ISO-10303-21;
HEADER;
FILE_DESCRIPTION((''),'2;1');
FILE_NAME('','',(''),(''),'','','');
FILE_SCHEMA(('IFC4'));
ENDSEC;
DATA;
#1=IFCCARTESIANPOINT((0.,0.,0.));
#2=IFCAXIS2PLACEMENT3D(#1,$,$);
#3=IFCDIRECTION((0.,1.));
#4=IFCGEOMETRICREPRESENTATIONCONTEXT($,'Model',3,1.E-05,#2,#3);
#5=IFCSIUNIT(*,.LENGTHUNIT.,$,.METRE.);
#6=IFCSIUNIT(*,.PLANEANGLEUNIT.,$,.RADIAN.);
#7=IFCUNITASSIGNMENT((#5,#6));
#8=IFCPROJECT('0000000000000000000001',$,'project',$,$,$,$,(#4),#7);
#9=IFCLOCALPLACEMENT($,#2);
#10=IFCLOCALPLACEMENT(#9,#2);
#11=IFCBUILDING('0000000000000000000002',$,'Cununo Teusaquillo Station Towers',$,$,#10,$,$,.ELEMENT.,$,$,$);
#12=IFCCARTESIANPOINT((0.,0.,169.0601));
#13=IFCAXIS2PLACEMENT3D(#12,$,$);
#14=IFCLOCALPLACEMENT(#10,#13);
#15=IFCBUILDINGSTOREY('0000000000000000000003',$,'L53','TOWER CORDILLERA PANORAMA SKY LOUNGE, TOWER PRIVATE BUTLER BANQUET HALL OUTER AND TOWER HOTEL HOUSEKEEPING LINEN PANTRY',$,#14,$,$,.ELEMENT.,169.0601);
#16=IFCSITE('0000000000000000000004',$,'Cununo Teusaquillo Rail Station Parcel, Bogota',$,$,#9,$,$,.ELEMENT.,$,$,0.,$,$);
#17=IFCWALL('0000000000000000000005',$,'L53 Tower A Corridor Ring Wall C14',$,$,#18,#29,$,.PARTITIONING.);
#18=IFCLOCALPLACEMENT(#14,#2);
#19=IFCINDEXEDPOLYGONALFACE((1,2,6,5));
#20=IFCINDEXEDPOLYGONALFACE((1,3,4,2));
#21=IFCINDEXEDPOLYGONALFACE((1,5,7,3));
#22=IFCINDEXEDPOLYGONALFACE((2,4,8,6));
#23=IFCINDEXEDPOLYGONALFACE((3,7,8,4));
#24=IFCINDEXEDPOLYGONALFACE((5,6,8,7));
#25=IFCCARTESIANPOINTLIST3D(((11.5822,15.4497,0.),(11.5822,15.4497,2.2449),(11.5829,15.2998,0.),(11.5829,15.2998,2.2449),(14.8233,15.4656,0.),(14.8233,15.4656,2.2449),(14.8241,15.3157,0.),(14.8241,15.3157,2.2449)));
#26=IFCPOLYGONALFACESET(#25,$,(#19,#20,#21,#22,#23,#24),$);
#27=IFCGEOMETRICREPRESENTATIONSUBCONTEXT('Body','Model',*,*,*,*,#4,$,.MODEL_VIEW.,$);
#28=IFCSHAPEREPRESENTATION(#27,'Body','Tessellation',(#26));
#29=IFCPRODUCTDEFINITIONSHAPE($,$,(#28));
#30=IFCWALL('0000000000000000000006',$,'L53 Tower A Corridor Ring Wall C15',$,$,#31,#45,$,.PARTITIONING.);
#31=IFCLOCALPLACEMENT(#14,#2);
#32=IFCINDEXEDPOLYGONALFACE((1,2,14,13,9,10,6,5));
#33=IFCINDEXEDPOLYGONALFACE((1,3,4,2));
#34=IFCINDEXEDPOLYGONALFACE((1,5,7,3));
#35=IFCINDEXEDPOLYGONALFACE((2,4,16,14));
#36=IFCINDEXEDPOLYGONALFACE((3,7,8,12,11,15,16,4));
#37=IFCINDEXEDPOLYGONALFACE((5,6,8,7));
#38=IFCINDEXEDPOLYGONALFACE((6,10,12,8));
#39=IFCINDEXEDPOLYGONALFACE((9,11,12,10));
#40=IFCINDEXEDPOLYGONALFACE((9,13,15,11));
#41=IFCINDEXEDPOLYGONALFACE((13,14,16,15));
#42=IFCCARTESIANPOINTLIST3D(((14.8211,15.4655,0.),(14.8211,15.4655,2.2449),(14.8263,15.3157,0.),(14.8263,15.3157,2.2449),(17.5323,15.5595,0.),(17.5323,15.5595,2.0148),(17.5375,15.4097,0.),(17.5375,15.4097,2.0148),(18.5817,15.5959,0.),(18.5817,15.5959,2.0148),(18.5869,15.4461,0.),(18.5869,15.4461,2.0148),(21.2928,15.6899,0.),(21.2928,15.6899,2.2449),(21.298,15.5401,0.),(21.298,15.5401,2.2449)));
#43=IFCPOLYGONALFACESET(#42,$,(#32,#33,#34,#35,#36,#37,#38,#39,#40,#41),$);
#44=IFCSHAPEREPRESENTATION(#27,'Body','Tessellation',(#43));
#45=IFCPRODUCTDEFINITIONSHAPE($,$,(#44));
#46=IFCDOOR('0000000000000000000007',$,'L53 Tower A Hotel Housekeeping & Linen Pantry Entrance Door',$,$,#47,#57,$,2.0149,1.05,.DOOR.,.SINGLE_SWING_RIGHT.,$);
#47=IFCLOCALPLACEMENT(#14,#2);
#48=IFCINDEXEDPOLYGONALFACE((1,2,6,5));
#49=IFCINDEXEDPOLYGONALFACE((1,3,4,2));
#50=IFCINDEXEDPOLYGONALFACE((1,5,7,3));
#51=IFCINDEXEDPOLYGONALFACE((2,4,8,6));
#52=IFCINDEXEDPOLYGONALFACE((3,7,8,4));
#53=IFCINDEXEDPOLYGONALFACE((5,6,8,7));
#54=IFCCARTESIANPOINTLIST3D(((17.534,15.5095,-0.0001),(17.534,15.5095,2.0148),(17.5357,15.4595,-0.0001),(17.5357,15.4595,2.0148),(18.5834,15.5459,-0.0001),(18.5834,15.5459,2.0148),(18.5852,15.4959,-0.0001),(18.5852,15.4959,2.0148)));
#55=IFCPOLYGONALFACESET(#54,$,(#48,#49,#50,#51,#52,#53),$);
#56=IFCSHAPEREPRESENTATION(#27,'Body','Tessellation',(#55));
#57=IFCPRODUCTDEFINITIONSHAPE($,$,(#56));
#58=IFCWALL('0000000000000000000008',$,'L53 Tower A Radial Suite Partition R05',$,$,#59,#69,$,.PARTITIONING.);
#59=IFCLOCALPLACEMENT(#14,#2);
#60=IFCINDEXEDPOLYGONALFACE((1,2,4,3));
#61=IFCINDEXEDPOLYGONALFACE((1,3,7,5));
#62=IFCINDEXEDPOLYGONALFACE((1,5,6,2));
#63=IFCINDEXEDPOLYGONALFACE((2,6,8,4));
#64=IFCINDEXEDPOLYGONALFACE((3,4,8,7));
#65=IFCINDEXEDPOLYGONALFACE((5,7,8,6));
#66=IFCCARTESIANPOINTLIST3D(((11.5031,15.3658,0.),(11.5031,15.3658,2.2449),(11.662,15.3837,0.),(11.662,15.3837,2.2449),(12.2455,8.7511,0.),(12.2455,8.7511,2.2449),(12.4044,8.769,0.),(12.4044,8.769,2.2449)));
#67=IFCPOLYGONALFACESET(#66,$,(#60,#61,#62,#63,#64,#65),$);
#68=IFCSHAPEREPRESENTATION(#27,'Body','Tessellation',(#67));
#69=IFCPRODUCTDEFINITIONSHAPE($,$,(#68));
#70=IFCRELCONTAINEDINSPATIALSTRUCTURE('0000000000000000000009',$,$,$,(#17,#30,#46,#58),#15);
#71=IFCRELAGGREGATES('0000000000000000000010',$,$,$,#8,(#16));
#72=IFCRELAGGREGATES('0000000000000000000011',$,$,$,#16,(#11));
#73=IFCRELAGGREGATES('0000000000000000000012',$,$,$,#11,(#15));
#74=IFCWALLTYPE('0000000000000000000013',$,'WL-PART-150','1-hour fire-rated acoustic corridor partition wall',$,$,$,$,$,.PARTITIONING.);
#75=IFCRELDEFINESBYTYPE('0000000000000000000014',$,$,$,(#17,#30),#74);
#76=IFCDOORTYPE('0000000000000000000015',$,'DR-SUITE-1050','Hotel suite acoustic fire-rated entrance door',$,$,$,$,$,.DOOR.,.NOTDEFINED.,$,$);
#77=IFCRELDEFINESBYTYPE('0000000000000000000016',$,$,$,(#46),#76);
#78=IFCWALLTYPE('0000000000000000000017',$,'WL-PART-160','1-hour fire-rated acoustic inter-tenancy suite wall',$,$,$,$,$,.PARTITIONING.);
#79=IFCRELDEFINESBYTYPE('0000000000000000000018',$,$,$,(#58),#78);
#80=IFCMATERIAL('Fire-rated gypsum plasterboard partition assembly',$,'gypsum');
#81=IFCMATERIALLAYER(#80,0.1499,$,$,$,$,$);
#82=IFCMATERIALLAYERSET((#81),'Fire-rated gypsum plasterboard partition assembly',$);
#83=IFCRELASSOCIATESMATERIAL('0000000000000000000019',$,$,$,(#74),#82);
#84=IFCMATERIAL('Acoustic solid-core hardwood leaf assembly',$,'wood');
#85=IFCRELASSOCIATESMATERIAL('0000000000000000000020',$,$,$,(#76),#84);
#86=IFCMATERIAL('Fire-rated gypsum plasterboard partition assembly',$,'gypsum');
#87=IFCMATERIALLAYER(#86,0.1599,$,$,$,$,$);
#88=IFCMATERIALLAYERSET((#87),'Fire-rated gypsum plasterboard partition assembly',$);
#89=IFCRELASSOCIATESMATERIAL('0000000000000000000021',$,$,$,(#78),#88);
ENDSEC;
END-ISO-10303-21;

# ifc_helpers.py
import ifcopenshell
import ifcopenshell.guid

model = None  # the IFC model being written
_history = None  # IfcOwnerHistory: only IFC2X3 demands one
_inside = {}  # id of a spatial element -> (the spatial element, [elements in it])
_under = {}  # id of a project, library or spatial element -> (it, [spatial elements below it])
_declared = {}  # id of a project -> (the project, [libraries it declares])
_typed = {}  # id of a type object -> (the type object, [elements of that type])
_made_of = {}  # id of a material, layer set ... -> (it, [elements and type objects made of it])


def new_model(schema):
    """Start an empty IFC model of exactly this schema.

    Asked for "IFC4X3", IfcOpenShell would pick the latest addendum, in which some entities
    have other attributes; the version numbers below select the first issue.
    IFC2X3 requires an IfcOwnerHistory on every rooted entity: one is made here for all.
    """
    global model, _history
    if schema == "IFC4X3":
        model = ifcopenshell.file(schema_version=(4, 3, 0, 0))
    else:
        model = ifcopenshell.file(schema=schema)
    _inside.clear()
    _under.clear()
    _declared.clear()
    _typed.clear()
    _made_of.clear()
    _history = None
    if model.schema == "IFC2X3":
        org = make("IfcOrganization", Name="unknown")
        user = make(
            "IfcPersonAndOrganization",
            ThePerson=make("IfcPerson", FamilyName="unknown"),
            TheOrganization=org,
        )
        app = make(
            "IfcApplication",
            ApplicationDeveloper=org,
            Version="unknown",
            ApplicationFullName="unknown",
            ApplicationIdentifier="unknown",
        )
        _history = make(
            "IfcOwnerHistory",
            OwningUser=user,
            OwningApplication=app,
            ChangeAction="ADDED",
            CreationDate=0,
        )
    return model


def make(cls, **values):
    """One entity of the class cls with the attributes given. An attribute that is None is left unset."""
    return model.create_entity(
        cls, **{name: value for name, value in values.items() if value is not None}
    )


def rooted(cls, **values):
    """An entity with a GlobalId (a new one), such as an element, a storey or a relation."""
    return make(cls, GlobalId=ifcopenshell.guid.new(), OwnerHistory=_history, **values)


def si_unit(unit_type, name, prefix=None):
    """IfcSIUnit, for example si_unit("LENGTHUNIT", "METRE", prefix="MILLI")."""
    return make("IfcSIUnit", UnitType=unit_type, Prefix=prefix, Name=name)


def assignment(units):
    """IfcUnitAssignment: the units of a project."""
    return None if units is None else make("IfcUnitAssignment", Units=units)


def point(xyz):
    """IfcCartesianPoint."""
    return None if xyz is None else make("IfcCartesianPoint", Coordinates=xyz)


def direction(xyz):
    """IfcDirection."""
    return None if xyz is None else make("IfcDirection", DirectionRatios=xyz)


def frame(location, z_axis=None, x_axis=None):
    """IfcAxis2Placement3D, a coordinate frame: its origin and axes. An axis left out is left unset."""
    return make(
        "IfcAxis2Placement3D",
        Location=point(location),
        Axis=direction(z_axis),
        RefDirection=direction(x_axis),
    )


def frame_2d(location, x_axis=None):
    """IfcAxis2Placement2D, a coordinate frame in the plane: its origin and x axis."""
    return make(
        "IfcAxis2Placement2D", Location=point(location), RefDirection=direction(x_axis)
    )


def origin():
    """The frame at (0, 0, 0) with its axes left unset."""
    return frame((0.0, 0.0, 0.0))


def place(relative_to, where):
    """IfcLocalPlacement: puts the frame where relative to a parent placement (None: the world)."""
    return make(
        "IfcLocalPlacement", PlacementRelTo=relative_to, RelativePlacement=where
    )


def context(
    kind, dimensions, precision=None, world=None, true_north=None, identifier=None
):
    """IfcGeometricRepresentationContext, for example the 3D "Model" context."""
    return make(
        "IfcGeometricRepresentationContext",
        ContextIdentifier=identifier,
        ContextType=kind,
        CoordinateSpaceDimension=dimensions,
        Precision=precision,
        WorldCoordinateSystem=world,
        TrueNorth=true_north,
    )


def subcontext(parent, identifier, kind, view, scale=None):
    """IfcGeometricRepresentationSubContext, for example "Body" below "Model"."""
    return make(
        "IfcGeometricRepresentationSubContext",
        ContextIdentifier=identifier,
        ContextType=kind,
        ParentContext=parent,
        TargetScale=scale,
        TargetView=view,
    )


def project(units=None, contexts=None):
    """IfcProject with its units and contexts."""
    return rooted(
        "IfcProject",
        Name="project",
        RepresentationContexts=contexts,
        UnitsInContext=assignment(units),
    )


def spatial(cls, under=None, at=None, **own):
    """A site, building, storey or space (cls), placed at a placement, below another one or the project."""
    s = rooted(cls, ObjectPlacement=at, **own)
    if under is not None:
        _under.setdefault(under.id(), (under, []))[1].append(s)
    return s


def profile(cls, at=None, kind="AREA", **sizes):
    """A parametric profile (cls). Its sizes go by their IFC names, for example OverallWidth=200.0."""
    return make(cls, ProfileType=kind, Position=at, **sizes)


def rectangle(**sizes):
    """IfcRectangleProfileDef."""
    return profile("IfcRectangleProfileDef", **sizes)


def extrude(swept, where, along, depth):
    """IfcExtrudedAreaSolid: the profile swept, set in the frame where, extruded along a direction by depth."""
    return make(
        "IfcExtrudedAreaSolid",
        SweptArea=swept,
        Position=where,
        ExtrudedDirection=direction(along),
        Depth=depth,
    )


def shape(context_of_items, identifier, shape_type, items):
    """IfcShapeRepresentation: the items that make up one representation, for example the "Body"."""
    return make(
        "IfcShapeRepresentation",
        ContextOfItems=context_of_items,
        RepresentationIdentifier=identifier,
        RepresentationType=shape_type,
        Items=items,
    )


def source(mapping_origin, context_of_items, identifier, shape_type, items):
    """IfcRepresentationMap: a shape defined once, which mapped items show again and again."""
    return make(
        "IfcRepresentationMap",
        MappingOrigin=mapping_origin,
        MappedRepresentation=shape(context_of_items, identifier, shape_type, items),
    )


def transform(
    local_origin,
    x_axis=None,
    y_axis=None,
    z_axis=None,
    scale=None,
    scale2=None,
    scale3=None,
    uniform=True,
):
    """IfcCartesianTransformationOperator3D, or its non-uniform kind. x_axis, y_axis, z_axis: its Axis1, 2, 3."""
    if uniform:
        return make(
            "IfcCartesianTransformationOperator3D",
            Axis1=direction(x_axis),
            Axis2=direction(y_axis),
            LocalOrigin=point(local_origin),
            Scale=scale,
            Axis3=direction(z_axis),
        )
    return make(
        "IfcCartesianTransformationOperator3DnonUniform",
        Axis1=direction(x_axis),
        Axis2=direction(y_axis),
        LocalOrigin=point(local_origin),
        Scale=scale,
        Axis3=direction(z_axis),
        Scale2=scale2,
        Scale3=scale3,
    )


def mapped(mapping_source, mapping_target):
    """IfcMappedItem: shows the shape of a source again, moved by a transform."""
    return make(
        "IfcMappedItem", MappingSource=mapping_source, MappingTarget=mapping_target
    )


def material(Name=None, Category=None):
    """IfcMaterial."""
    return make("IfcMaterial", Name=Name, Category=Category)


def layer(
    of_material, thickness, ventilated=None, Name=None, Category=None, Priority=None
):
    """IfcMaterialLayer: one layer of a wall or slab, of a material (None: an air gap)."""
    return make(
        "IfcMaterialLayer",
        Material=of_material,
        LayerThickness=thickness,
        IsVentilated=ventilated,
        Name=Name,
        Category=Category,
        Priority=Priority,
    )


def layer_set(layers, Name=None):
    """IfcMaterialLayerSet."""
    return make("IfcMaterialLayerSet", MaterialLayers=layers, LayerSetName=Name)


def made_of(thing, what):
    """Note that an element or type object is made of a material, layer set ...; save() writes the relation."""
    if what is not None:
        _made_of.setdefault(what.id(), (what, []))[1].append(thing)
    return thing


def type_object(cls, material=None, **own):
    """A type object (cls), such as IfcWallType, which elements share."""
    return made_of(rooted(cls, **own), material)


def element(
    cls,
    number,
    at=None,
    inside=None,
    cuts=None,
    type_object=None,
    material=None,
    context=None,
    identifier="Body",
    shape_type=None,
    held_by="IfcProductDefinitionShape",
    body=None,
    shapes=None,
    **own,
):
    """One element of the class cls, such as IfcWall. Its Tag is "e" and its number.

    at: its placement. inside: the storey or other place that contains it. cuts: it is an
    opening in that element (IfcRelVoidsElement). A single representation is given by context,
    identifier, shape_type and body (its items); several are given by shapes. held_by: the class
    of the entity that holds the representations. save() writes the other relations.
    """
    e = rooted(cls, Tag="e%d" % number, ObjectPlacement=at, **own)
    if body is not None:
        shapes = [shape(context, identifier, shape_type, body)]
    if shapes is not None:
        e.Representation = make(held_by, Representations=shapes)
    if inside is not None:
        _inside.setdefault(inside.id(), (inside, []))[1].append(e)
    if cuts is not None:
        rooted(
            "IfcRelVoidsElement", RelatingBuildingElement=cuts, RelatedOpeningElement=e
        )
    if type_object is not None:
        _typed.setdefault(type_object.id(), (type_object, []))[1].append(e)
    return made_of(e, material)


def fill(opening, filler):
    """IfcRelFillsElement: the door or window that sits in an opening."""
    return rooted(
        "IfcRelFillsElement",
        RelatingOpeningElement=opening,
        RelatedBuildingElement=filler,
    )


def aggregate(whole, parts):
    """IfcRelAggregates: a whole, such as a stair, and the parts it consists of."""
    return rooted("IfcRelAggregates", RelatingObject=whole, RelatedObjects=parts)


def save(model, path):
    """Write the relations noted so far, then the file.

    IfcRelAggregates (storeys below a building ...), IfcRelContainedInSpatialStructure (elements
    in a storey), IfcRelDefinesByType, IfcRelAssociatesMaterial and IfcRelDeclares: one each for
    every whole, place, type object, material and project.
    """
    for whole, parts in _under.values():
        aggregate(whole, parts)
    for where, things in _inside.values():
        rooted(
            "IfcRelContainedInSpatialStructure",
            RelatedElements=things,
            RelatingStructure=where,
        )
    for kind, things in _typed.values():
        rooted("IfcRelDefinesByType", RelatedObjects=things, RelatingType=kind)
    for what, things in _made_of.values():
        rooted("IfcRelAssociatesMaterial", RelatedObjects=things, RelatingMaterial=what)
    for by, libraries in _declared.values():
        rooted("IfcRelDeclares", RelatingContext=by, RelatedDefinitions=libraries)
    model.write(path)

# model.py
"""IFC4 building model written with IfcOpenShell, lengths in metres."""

from ifc_helpers import new_model, si_unit, direction, frame, frame_2d, origin, place, context, subcontext, project, spatial, rectangle, extrude, source, transform, mapped, material, layer, layer_set, type_object, element, fill, save


model = new_model("IFC4")

# Units and contexts
model_context = context("Model", 3, precision=1e-05, world=origin(), true_north=direction((0.0, 1.0)))
body_context = subcontext(model_context, "Body", "Model", "MODEL_VIEW")
ifc_project = project(units=[si_unit("LENGTHUNIT", "METRE"), si_unit("PLANEANGLEUNIT", "RADIAN")], contexts=[model_context])

# Site, building, storey
site_placement = place(None, origin())
site = spatial("IfcSite", under=ifc_project, at=site_placement, Name="Cununo Teusaquillo Rail Station Parcel, Bogota", CompositionType="ELEMENT", RefElevation=0.0)
building_placement = place(site_placement, origin())
building = spatial("IfcBuilding", under=site, at=building_placement, Name="Cununo Teusaquillo Station Towers", CompositionType="ELEMENT")
storey_placement = place(building_placement, frame((0.0, 0.0, 169.0601)))
storey = spatial("IfcBuildingStorey", under=building, at=storey_placement, Name="L53", Description="TOWER CORDILLERA PANORAMA SKY LOUNGE, TOWER PRIVATE BUTLER BANQUET HALL OUTER AND TOWER HOTEL HOUSEKEEPING LINEN PANTRY", CompositionType="ELEMENT", Elevation=169.0601)

# Wall
ifc_material_1 = material(Name="Fire-rated gypsum plasterboard partition assembly", Category="gypsum")
ifc_layer_1 = layer(ifc_material_1, 0.1499)
ifc_layer_set_1 = layer_set([ifc_layer_1], Name="Fire-rated gypsum plasterboard partition assembly")
wall_type_1 = type_object("IfcWallType", Name="WL-PART-150", Description="1-hour fire-rated acoustic corridor partition wall", PredefinedType="PARTITIONING", material=ifc_layer_set_1)
wall_1_placement = place(storey_placement, frame((11.5825, 15.3748, 0.0), z_axis=(0.0, 0.0, 1.0), x_axis=(0.999988, 0.004896, 0.0)))
element("IfcWall", 1, at=wall_1_placement, inside=storey, type_object=wall_type_1, Name="L53 Tower A Corridor Ring Wall C14", PredefinedType="PARTITIONING", context=body_context, shape_type="SweptSolid", body=[
    extrude(rectangle(XDim=3.2412, YDim=0.1499, at=frame_2d((1.6206, 0.0))), origin(), (0.0, 0.0, 1.0), 2.2449),
])

# Wall, opening, door
wall_2_placement = place(storey_placement, frame((14.8237, 15.3906, 0.0), z_axis=(0.0, 0.0, 1.0), x_axis=(0.9994, 0.034648, 0.0)))
wall_2 = element("IfcWall", 2, at=wall_2_placement, inside=storey, type_object=wall_type_1, Name="L53 Tower A Corridor Ring Wall C15", PredefinedType="PARTITIONING", context=body_context, shape_type="SweptSolid", body=[
    extrude(rectangle(XDim=6.4756, YDim=0.1499, at=frame_2d((3.2378, 0.0))), origin(), (0.0, 0.0, 1.0), 2.2449),
])
shared_shape_1 = source(origin(), body_context, "Body", "SweptSolid", [
    extrude(rectangle(XDim=1.05, YDim=2.0149, at=frame_2d((0.5249, 1.0073))), frame((0.0, 0.085, 0.0), z_axis=(0.0, -1.0, 0.0), x_axis=(1.0, 0.0, 0.0)), (0.0, 0.0, 1.0), 0.1699),
])
opening_1_placement = place(wall_2_placement, frame((2.7129, 0.0, 0.0)))
opening_1 = element("IfcOpeningElement", 3, at=opening_1_placement, cuts=wall_2, PredefinedType="OPENING", context=body_context, shape_type="MappedRepresentation", body=[
    mapped(shared_shape_1, transform((0.0, 0.0, 0.0), x_axis=(1.0, 0.0, 0.0), y_axis=(0.0, 1.0, 0.0), z_axis=(0.0, 0.0, 1.0), scale=1.0)),
])
ifc_material_2 = material(Name="Acoustic solid-core hardwood leaf assembly", Category="wood")
door_type = type_object("IfcDoorType", Name="DR-SUITE-1050", Description="Hotel suite acoustic fire-rated entrance door", OperationType="NOTDEFINED", PredefinedType="DOOR", material=ifc_material_2)
shared_shape_2 = source(origin(), body_context, "Body", "SweptSolid", [
    extrude(rectangle(XDim=1.05, YDim=2.0149, at=frame_2d((0.5249, 1.0073))), frame((0.0, 0.0249, 0.0), z_axis=(0.0, -1.0, 0.0), x_axis=(1.0, 0.0, 0.0)), (0.0, 0.0, 1.0), 0.05),
])
door_placement = place(opening_1_placement, origin())
door = element("IfcDoor", 4, at=door_placement, inside=storey, type_object=door_type, Name="L53 Tower A Hotel Housekeeping & Linen Pantry Entrance Door", OperationType="SINGLE_SWING_RIGHT", OverallHeight=2.0149, OverallWidth=1.05, PredefinedType="DOOR", context=body_context, shape_type="MappedRepresentation", body=[
    mapped(shared_shape_2, transform((0.0, 0.0, 0.0), x_axis=(1.0, 0.0, 0.0), y_axis=(0.0, 1.0, 0.0), z_axis=(0.0, 0.0, 1.0), scale=1.0)),
])
fill(opening_1, door)

# Wall
ifc_material_3 = material(Name="Fire-rated gypsum plasterboard partition assembly", Category="gypsum")
ifc_layer_2 = layer(ifc_material_3, 0.1599)
ifc_layer_set_2 = layer_set([ifc_layer_2], Name="Fire-rated gypsum plasterboard partition assembly")
wall_type_2 = type_object("IfcWallType", Name="WL-PART-160", Description="1-hour fire-rated acoustic inter-tenancy suite wall", PredefinedType="PARTITIONING", material=ifc_layer_set_2)
wall_3_placement = place(storey_placement, frame((11.5825, 15.3748, 0.0), z_axis=(0.0, 0.0, 1.0), x_axis=(0.111539, -0.99376, 0.0)))
element("IfcWall", 5, at=wall_3_placement, inside=storey, type_object=wall_type_2, Name="L53 Tower A Radial Suite Partition R05", PredefinedType="PARTITIONING", context=body_context, shape_type="SweptSolid", body=[
    extrude(rectangle(XDim=6.6562, YDim=0.1599, at=frame_2d((3.3281, 0.0))), origin(), (0.0, 0.0, 1.0), 2.2449),
])

save(model, "model.ifc")
